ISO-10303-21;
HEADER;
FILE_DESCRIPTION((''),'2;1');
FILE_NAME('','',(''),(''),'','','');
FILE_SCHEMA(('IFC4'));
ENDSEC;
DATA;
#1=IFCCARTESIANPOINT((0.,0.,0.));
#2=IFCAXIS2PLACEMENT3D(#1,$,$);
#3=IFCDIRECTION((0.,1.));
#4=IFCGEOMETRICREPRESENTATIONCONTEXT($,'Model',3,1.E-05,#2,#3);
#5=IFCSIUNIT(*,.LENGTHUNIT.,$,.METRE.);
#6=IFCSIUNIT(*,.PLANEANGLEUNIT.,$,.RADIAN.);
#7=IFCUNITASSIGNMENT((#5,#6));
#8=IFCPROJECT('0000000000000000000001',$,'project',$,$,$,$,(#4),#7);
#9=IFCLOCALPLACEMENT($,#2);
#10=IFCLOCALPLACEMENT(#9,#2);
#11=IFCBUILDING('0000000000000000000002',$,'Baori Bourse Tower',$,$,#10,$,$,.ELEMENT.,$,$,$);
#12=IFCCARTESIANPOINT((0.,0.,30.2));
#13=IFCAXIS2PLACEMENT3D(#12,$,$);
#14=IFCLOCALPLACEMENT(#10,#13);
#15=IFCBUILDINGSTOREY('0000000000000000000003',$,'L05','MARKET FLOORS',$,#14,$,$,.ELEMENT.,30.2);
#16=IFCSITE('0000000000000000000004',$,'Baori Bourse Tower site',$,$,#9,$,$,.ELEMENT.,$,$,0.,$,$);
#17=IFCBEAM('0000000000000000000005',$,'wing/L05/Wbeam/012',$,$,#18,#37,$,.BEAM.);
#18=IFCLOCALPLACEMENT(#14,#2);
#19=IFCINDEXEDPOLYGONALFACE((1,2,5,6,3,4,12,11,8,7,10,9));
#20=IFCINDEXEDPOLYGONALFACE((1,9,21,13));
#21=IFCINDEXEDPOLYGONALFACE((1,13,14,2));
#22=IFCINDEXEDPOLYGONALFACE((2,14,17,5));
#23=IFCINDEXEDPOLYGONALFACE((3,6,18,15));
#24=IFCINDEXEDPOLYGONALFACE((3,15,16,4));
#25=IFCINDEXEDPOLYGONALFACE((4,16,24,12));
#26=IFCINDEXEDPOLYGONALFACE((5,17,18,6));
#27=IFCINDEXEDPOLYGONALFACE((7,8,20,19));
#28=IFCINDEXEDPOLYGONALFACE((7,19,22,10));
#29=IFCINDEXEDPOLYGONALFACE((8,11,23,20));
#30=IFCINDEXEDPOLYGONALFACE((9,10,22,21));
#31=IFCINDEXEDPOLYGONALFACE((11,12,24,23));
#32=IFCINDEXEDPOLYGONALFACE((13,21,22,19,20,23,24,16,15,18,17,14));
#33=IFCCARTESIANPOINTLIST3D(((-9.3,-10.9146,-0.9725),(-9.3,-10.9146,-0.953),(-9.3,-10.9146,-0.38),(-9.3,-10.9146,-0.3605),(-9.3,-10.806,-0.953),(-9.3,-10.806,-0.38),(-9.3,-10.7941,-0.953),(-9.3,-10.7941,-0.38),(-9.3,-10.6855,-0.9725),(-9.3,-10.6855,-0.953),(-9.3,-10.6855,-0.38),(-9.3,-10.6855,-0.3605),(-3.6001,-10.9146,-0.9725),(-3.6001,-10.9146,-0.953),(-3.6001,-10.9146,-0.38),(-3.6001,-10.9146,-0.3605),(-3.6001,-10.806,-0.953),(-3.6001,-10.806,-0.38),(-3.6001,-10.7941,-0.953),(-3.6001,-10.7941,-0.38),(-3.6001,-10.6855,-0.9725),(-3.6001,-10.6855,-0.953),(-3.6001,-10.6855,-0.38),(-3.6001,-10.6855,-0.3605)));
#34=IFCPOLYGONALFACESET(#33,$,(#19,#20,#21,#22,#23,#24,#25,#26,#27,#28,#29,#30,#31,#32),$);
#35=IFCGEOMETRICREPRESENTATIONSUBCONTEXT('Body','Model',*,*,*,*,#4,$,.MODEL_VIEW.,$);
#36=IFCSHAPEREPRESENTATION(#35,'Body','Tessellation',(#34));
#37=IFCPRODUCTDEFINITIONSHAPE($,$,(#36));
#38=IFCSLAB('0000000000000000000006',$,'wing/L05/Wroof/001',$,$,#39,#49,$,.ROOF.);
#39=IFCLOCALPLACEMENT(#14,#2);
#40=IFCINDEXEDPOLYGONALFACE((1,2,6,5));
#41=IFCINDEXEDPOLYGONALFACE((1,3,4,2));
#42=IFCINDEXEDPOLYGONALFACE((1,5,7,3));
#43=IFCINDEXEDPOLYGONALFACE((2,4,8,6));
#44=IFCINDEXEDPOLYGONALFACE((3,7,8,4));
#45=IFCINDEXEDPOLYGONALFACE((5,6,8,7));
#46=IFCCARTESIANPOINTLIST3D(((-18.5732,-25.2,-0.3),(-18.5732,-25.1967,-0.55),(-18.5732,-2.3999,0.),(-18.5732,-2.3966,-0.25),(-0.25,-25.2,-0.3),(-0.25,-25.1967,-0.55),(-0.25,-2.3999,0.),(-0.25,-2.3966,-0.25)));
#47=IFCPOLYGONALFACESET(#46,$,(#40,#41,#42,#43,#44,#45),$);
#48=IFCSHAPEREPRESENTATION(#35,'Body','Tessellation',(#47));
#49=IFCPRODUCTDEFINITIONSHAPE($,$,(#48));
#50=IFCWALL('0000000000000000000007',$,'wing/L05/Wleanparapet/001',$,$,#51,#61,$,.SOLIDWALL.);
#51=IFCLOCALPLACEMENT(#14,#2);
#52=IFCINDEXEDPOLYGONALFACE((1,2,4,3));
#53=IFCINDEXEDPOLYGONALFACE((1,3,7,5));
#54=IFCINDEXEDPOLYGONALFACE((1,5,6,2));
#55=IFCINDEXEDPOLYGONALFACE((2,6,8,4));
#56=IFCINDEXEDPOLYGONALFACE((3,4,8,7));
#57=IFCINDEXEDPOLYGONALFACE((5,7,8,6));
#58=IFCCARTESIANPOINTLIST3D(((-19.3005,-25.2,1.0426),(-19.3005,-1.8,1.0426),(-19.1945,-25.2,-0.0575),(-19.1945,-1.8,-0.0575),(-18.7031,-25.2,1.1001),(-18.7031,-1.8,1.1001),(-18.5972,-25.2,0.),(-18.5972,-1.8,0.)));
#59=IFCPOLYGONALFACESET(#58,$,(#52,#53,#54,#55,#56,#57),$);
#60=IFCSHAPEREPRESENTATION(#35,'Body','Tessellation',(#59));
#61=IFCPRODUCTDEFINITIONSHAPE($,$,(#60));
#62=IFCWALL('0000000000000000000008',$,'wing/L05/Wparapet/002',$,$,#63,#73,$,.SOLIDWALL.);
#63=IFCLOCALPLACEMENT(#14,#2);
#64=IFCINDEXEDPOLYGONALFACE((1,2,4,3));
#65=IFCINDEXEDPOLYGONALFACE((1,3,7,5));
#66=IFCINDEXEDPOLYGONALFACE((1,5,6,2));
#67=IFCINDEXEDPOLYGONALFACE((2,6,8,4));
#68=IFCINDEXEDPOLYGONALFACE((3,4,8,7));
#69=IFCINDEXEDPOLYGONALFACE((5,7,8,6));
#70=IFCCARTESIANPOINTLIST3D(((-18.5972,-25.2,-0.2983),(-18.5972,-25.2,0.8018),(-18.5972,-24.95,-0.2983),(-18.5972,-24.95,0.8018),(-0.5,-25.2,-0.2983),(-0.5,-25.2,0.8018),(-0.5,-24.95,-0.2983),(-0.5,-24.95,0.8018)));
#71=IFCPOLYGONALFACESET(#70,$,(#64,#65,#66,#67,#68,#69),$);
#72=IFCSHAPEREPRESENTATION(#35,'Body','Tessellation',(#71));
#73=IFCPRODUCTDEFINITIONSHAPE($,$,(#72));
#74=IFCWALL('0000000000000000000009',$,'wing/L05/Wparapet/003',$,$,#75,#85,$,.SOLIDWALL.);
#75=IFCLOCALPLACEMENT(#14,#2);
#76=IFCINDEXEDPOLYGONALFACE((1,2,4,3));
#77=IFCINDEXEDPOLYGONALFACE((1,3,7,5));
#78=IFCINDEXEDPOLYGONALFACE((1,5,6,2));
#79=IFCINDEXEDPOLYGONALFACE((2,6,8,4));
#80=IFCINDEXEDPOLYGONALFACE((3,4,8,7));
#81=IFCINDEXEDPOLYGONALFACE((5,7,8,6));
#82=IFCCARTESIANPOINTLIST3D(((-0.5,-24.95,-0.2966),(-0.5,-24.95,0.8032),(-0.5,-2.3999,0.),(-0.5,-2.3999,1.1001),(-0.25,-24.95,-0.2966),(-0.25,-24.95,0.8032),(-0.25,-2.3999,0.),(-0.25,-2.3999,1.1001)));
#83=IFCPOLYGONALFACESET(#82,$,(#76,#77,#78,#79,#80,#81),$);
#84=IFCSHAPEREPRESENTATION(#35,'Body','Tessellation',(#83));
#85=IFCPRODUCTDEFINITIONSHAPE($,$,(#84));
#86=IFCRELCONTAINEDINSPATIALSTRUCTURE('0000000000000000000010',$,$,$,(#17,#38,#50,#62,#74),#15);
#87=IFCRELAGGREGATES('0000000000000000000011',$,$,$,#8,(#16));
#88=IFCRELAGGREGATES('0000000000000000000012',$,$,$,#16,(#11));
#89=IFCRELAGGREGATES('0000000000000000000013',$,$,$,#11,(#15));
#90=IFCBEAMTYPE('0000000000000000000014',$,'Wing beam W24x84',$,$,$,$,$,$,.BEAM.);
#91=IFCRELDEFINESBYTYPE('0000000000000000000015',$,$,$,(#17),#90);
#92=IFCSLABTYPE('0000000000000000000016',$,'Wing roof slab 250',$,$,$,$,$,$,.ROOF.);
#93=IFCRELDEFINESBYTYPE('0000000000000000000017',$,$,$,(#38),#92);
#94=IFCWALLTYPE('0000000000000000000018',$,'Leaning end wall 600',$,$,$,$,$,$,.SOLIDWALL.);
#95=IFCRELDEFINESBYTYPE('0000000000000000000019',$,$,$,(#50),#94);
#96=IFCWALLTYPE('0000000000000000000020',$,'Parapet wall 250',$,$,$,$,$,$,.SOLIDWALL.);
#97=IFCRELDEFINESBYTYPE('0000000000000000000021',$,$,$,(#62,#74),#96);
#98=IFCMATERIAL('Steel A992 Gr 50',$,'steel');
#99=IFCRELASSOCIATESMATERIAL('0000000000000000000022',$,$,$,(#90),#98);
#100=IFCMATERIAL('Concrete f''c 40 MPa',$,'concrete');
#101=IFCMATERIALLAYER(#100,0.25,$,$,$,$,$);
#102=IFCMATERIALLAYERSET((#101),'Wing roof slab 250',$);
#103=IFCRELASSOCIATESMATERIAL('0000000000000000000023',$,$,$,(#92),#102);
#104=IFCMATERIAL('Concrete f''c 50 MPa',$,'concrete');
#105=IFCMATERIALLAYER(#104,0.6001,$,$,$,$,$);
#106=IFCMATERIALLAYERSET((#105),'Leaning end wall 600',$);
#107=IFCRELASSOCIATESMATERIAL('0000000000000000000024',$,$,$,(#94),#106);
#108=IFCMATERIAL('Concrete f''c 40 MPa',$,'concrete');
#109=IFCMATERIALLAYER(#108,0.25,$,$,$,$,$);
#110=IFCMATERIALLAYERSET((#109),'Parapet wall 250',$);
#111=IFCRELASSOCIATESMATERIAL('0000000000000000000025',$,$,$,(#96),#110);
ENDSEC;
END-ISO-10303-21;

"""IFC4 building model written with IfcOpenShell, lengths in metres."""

from ifc_helpers import new_model, si_unit, direction, frame, frame_2d, origin, origin_2d, place, context, subcontext, project, spatial, polyline, rectangle, i_section, outline, extrude, material, layer, layer_set, material_profile, profile_set, type_object, element, save


model = new_model("IFC4")

# Units and contexts
model_context = context("Model", 3, precision=1e-05, world=origin(), true_north=direction((0.0, 1.0)))
body_context = subcontext(model_context, "Body", "Model", "MODEL_VIEW")
ifc_project = project(units=[si_unit("LENGTHUNIT", "METRE"), si_unit("PLANEANGLEUNIT", "RADIAN")], contexts=[model_context])

# Site, building, storey
site_placement = place(None, origin())
site = spatial("IfcSite", under=ifc_project, at=site_placement, Name="Baori Bourse Tower site", CompositionType="ELEMENT", RefElevation=0.0)
building_placement = place(site_placement, origin())
building = spatial("IfcBuilding", under=site, at=building_placement, Name="Baori Bourse Tower", CompositionType="ELEMENT")
storey_placement = place(building_placement, frame((0.0, 0.0, 30.2)))
storey = spatial("IfcBuildingStorey", under=building, at=storey_placement, Name="L05", Description="MARKET FLOORS", CompositionType="ELEMENT", Elevation=30.2)

# Beam
ifc_material_1 = material(Name="Steel A992 Gr 50", Category="steel")
ifc_material_profile_1 = material_profile(ifc_material_1, i_section(OverallWidth=0.229, OverallDepth=0.6121, WebThickness=0.012, FlangeThickness=0.0195, at=origin_2d()), Name="W24x84")
ifc_profile_set_1 = profile_set([ifc_material_profile_1], Name="Steel A992 Gr 50")
beam_type_1 = type_object("IfcBeamType", Name="Wing beam W24x84", PredefinedType="BEAM", material=ifc_profile_set_1)
for number, where, z_axis, x_axis, name in (
    (1, (-9.3, -10.8, -0.6665), (1.0, 0.0, 0.0), (0.0, 1.0, 0.0), "wing/L05/Wbeam/012"),
):
    element("IfcBeam", number, at=place(storey_placement, frame(where, z_axis=z_axis, x_axis=x_axis)), inside=storey, type_object=beam_type_1, Name=name, PredefinedType="BEAM", context=body_context, shape_type="SweptSolid", body=[
        extrude(i_section(OverallWidth=0.229, OverallDepth=0.6121, WebThickness=0.012, FlangeThickness=0.0195, at=origin_2d()), origin(), (0.0, 0.0, 1.0), 5.7),
    ])

# Slab
ifc_material_2 = material(Name="Concrete f'c 40 MPa", Category="concrete")
ifc_layer_1 = layer(ifc_material_2, 0.25)
ifc_layer_set_1 = layer_set([ifc_layer_1], Name="Wing roof slab 250")
slab_type = type_object("IfcSlabType", Name="Wing roof slab 250", PredefinedType="ROOF", material=ifc_layer_set_1)
slab_placement = place(storey_placement, frame((-18.5732, -25.2, -0.3), z_axis=(0.0, -0.013159, 0.999913), x_axis=(1.0, 0.0, 0.0)))
element("IfcSlab", 2, at=slab_placement, inside=storey, type_object=slab_type, Name="wing/L05/Wroof/001", PredefinedType="ROOF", context=body_context, shape_type="SweptSolid", body=[
    extrude(outline(polyline([(0.0, 0.0), (18.3232, 0.0), (18.3232, 22.802), (0.0, 22.802), (0.0, 0.0)])), origin(), (0.0, 0.0, -1.0), 0.25),
])

# Walls
ifc_material_3 = material(Name="Concrete f'c 50 MPa", Category="concrete")
ifc_layer_2 = layer(ifc_material_3, 0.6001)
ifc_layer_set_2 = layer_set([ifc_layer_2], Name="Leaning end wall 600")
wall_type_1 = type_object("IfcWallType", Name="Leaning end wall 600", PredefinedType="SOLIDWALL", material=ifc_layer_set_2)
wall_1_placement = place(storey_placement, frame((-18.5972, -25.2, 0.0), z_axis=(0.995394, 0.0, 0.095872), x_axis=(0.0, 1.0, 0.0)))
element("IfcWall", 3, at=wall_1_placement, inside=storey, type_object=wall_type_1, Name="wing/L05/Wleanparapet/001", PredefinedType="SOLIDWALL", context=body_context, shape_type="SweptSolid", body=[
    extrude(outline(polyline([(0.0, 0.0), (23.3999, 0.0), (23.3999, 1.1052), (0.0, 1.1052), (0.0, 0.0)])), origin(), (0.0, 0.0, -1.0), 0.6001),
])
ifc_material_4 = material(Name="Concrete f'c 40 MPa", Category="concrete")
ifc_layer_3 = layer(ifc_material_4, 0.25)
ifc_layer_set_3 = layer_set([ifc_layer_3], Name="Parapet wall 250")
wall_type_2 = type_object("IfcWallType", Name="Parapet wall 250", PredefinedType="SOLIDWALL", material=ifc_layer_set_3)
wall_2_placement = place(storey_placement, frame((-0.5, -25.075, -0.2983), z_axis=(0.0, 0.0, 1.0), x_axis=(-1.0, 0.0, 0.0)))
element("IfcWall", 4, at=wall_2_placement, inside=storey, type_object=wall_type_2, Name="wing/L05/Wparapet/002", PredefinedType="SOLIDWALL", context=body_context, shape_type="SweptSolid", body=[
    extrude(rectangle(XDim=18.0972, YDim=0.25, at=frame_2d((9.0486, 0.0))), origin(), (0.0, 0.0, 1.0), 1.1001),
])
wall_3_placement = place(storey_placement, frame((-0.25, -24.95, -0.2966), z_axis=(1.0, 0.0, 0.0), x_axis=(0.0, 0.999913, 0.013153)))
element("IfcWall", 5, at=wall_3_placement, inside=storey, type_object=wall_type_2, Name="wing/L05/Wparapet/003", PredefinedType="SOLIDWALL", context=body_context, shape_type="SweptSolid", body=[
    extrude(outline(polyline([(0.0, 0.0), (22.552, 0.0), (22.5665, 1.1), (0.0145, 1.0998), (0.0, 0.0)])), origin(), (0.0, 0.0, -1.0), 0.25),
])

save(model, "model.ifc")
